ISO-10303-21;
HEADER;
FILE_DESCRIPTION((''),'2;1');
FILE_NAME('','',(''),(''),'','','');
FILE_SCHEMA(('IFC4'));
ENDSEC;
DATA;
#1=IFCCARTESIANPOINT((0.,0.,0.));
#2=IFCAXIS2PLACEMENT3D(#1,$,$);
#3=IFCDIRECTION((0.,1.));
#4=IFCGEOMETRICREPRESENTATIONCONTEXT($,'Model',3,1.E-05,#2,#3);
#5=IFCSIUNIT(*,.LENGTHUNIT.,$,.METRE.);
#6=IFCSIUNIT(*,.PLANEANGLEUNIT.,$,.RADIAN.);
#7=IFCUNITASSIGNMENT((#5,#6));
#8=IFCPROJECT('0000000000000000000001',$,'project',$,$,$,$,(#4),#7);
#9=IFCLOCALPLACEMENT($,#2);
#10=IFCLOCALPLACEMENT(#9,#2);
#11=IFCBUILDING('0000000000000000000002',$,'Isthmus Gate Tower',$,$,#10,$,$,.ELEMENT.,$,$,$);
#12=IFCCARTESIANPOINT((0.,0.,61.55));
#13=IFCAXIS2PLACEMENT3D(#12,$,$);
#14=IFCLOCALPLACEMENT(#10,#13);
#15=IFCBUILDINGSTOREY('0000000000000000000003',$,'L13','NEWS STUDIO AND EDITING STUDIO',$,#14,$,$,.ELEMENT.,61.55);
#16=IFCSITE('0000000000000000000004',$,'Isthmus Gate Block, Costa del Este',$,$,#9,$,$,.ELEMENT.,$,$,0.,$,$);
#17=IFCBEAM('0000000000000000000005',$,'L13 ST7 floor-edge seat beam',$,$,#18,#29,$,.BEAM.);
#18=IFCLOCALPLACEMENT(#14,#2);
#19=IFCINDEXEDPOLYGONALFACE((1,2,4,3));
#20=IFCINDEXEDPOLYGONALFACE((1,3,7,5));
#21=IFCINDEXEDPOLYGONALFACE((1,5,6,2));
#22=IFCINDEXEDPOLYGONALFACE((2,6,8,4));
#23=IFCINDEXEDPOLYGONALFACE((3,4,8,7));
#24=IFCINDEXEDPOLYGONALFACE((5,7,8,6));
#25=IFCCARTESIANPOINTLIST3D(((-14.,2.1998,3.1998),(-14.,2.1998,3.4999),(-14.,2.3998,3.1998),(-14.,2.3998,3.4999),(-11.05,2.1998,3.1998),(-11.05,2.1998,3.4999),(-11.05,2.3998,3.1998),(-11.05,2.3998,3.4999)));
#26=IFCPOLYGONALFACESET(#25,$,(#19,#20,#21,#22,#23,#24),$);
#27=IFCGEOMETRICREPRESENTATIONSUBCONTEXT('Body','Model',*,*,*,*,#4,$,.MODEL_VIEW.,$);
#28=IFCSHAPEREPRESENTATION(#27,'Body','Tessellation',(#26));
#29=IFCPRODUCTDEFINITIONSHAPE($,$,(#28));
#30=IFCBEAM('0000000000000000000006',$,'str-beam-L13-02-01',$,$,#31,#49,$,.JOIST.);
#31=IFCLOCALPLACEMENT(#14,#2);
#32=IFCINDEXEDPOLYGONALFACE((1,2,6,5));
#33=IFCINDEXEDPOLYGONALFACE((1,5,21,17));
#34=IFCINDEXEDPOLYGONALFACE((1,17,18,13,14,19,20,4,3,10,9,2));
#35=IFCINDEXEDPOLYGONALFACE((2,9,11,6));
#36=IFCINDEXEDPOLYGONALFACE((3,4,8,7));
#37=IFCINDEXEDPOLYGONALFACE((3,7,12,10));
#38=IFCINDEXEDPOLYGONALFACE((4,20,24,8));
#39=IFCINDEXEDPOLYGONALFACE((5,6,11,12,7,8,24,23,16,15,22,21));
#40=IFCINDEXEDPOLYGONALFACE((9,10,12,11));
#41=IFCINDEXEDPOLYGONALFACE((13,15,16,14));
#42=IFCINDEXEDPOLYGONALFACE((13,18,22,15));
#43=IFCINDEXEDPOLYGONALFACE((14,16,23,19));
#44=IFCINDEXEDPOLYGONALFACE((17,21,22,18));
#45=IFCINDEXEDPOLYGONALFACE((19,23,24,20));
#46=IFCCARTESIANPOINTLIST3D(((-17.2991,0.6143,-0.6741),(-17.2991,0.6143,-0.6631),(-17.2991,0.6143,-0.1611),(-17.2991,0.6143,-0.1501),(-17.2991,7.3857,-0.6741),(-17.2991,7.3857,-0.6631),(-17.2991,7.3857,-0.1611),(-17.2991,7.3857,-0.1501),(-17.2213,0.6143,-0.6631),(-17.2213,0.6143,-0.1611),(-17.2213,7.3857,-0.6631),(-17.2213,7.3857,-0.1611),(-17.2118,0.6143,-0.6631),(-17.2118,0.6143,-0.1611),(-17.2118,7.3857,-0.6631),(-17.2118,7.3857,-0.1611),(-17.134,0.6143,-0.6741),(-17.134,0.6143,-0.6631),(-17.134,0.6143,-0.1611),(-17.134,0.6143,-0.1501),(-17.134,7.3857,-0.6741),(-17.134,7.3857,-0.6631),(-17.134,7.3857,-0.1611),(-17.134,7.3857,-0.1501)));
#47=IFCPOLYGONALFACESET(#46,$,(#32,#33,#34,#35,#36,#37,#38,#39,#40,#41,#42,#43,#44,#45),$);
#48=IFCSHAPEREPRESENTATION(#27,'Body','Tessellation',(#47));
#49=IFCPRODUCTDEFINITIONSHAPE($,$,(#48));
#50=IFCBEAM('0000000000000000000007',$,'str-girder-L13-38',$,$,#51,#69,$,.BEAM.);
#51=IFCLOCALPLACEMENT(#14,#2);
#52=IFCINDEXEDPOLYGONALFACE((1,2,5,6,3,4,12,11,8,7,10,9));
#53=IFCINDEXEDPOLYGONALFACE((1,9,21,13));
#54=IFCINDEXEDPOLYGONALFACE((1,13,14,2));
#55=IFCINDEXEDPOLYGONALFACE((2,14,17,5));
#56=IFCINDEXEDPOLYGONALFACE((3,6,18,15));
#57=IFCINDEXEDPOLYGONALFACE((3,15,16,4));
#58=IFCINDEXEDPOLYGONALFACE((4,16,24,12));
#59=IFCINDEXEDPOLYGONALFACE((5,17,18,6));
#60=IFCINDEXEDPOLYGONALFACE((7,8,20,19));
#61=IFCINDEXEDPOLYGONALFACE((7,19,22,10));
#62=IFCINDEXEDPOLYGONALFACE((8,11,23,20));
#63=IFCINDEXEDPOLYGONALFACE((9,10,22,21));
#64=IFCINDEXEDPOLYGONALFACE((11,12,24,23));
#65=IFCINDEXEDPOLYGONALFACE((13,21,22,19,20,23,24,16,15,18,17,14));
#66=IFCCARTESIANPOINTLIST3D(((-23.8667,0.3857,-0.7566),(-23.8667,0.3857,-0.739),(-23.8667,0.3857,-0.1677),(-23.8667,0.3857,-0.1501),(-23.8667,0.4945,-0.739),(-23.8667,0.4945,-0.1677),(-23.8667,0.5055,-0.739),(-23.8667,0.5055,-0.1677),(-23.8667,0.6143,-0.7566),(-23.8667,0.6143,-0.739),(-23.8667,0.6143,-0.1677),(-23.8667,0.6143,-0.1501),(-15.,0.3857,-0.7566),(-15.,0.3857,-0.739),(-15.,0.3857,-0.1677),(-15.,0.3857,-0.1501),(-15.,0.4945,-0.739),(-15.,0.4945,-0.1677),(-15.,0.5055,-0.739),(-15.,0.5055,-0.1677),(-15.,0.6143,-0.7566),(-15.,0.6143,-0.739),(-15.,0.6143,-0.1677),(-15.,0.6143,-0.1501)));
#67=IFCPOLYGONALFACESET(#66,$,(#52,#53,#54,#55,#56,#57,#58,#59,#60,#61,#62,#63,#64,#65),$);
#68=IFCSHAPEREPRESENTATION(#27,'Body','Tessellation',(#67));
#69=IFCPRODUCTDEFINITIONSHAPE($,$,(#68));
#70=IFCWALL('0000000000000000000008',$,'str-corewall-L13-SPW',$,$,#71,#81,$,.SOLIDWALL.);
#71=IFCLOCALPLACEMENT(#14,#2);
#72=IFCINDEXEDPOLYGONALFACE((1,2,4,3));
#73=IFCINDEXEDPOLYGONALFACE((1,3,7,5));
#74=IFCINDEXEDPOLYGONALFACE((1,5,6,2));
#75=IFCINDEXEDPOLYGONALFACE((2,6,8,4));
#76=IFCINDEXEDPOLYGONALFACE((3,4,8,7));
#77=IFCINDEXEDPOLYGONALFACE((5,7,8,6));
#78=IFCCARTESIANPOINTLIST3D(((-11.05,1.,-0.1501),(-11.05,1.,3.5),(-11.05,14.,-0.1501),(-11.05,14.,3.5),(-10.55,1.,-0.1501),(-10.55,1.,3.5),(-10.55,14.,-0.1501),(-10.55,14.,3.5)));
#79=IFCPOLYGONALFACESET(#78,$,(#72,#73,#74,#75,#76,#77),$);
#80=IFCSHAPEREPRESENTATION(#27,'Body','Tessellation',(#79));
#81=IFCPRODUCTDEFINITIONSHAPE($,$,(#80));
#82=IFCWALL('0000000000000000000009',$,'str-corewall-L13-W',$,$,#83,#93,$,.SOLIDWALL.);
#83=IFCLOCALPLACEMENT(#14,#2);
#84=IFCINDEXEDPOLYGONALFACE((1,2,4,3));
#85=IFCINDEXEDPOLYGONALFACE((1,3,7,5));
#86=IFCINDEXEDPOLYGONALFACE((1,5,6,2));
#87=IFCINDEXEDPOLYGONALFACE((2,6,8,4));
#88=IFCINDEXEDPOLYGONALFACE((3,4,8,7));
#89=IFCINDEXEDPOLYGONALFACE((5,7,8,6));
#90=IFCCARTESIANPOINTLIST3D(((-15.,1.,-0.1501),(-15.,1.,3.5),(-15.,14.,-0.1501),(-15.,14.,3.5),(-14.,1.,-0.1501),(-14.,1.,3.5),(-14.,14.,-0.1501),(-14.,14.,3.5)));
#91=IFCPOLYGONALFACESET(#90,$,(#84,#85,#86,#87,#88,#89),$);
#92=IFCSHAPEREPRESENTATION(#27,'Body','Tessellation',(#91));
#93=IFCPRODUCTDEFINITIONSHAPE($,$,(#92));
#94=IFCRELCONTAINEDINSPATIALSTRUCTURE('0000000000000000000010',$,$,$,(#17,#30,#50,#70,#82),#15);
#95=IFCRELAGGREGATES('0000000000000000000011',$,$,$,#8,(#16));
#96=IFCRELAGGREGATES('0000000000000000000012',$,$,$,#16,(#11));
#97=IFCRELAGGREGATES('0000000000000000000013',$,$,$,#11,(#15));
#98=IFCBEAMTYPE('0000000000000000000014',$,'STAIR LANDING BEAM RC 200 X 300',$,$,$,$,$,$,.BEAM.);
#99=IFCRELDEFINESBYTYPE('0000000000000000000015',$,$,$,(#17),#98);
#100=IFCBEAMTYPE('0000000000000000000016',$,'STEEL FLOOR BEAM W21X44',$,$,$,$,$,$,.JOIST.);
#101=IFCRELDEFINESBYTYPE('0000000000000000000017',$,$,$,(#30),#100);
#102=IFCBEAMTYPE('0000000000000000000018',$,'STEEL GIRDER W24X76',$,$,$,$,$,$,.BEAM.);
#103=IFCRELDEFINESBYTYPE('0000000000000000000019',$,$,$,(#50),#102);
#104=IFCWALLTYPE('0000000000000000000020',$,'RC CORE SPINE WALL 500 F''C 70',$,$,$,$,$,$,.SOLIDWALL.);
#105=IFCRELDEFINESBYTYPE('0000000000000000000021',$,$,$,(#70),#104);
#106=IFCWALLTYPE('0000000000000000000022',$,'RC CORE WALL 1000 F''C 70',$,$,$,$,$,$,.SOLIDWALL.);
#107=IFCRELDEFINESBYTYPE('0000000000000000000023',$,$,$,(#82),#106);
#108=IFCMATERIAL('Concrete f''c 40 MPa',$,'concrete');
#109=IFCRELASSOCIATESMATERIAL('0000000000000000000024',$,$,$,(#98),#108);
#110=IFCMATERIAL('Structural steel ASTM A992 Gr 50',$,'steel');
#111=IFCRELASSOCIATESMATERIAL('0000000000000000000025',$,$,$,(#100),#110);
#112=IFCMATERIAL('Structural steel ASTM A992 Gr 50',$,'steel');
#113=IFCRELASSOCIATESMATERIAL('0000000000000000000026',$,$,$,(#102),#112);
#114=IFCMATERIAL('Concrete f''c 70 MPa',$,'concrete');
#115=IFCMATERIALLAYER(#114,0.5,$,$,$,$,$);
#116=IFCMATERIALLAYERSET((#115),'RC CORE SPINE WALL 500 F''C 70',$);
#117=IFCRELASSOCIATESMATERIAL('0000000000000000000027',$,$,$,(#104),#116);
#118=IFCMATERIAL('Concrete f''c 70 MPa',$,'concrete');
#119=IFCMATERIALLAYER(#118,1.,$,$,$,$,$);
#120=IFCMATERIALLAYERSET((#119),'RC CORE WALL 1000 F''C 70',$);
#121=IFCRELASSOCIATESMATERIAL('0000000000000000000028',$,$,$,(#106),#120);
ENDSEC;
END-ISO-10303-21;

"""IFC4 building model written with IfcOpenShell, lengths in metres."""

from ifc_helpers import new_model, si_unit, direction, frame, frame_2d, origin, origin_2d, place, context, subcontext, project, spatial, rectangle, i_section, extrude, material, layer, layer_set, material_profile, profile_set, type_object, element, save


model = new_model("IFC4")

# Units and contexts
model_context = context("Model", 3, precision=1e-05, world=origin(), true_north=direction((0.0, 1.0)))
body_context = subcontext(model_context, "Body", "Model", "MODEL_VIEW")
ifc_project = project(units=[si_unit("LENGTHUNIT", "METRE"), si_unit("PLANEANGLEUNIT", "RADIAN")], contexts=[model_context])

# Site, building, storey
site_placement = place(None, origin())
site = spatial("IfcSite", under=ifc_project, at=site_placement, Name="Isthmus Gate Block, Costa del Este", CompositionType="ELEMENT", RefElevation=0.0)
building_placement = place(site_placement, origin())
building = spatial("IfcBuilding", under=site, at=building_placement, Name="Isthmus Gate Tower", CompositionType="ELEMENT")
storey_placement = place(building_placement, frame((0.0, 0.0, 61.55)))
storey = spatial("IfcBuildingStorey", under=building, at=storey_placement, Name="L13", Description="NEWS STUDIO AND EDITING STUDIO", CompositionType="ELEMENT", Elevation=61.55)

# Beams
ifc_material_1 = material(Name="Concrete f'c 40 MPa", Category="concrete")
ifc_material_profile_1 = material_profile(ifc_material_1, rectangle(XDim=0.2, YDim=0.3, at=origin_2d()), Name="STAIR LANDING BEAM RC 200 X 300")
ifc_profile_set_1 = profile_set([ifc_material_profile_1], Name="Concrete f'c 40 MPa")
beam_type_1 = type_object("IfcBeamType", Name="STAIR LANDING BEAM RC 200 X 300", PredefinedType="BEAM", material=ifc_profile_set_1)
beam_1_placement = place(storey_placement, frame((-14.0, 2.2998, 3.3499), z_axis=(1.0, 0.0, 0.0), x_axis=(0.0, 1.0, 0.0)))
element("IfcBeam", 1, at=beam_1_placement, inside=storey, type_object=beam_type_1, Name="L13 ST7 floor-edge seat beam", PredefinedType="BEAM", context=body_context, shape_type="SweptSolid", body=[
    extrude(rectangle(XDim=0.2, YDim=0.3, at=origin_2d()), origin(), (0.0, 0.0, 1.0), 2.95),
])
ifc_material_2 = material(Name="Structural steel ASTM A992 Gr 50", Category="steel")
ifc_material_profile_2 = material_profile(ifc_material_2, i_section(OverallWidth=0.165, OverallDepth=0.5239, WebThickness=0.0095, FlangeThickness=0.011, at=origin_2d()), Name="W21X44")
ifc_profile_set_2 = profile_set([ifc_material_profile_2], Name="Structural steel ASTM A992 Gr 50")
beam_type_2 = type_object("IfcBeamType", Name="STEEL FLOOR BEAM W21X44", PredefinedType="JOIST", material=ifc_profile_set_2)
beam_2_placement = place(storey_placement, frame((-17.2166, 0.6143, -0.4121), z_axis=(0.0, 1.0, 0.0), x_axis=(-1.0, 0.0, 0.0)))
element("IfcBeam", 2, at=beam_2_placement, inside=storey, type_object=beam_type_2, Name="str-beam-L13-02-01", PredefinedType="JOIST", context=body_context, shape_type="SweptSolid", body=[
    extrude(i_section(OverallWidth=0.165, OverallDepth=0.5239, WebThickness=0.0095, FlangeThickness=0.011, at=origin_2d()), origin(), (0.0, 0.0, 1.0), 6.7715),
])
ifc_material_3 = material(Name="Structural steel ASTM A992 Gr 50", Category="steel")
ifc_material_profile_3 = material_profile(ifc_material_3, i_section(OverallWidth=0.2285, OverallDepth=0.6064, WebThickness=0.011, FlangeThickness=0.0176, at=origin_2d()), Name="W24X76")
ifc_profile_set_3 = profile_set([ifc_material_profile_3], Name="Structural steel ASTM A992 Gr 50")
beam_type_3 = type_object("IfcBeamType", Name="STEEL GIRDER W24X76", PredefinedType="BEAM", material=ifc_profile_set_3)
beam_3_placement = place(storey_placement, frame((-15.0, 0.5, -0.4534), z_axis=(-1.0, 0.0, 0.0), x_axis=(0.0, -1.0, 0.0)))
element("IfcBeam", 3, at=beam_3_placement, inside=storey, type_object=beam_type_3, Name="str-girder-L13-38", PredefinedType="BEAM", context=body_context, shape_type="SweptSolid", body=[
    extrude(i_section(OverallWidth=0.2285, OverallDepth=0.6064, WebThickness=0.011, FlangeThickness=0.0176, at=origin_2d()), origin(), (0.0, 0.0, 1.0), 8.8667),
])

# Walls
ifc_material_4 = material(Name="Concrete f'c 70 MPa", Category="concrete")
ifc_layer_1 = layer(ifc_material_4, 0.5)
ifc_layer_set_1 = layer_set([ifc_layer_1], Name="RC CORE SPINE WALL 500 F'C 70")
wall_type_1 = type_object("IfcWallType", Name="RC CORE SPINE WALL 500 F'C 70", PredefinedType="SOLIDWALL", material=ifc_layer_set_1)
wall_1_placement = place(storey_placement, frame((-10.8, 1.0, -0.1501), z_axis=(0.0, 0.0, 1.0), x_axis=(0.0, 1.0, 0.0)))
element("IfcWall", 4, at=wall_1_placement, inside=storey, type_object=wall_type_1, Name="str-corewall-L13-SPW", PredefinedType="SOLIDWALL", context=body_context, shape_type="SweptSolid", body=[
    extrude(rectangle(XDim=13.0, YDim=0.5, at=frame_2d((6.5, 0.0))), origin(), (0.0, 0.0, 1.0), 3.6501),
])
ifc_material_5 = material(Name="Concrete f'c 70 MPa", Category="concrete")
ifc_layer_2 = layer(ifc_material_5, 1.0)
ifc_layer_set_2 = layer_set([ifc_layer_2], Name="RC CORE WALL 1000 F'C 70")
wall_type_2 = type_object("IfcWallType", Name="RC CORE WALL 1000 F'C 70", PredefinedType="SOLIDWALL", material=ifc_layer_set_2)
wall_2_placement = place(storey_placement, frame((-14.5, 1.0, -0.1501), z_axis=(0.0, 0.0, 1.0), x_axis=(0.0, 1.0, 0.0)))
element("IfcWall", 5, at=wall_2_placement, inside=storey, type_object=wall_type_2, Name="str-corewall-L13-W", PredefinedType="SOLIDWALL", context=body_context, shape_type="SweptSolid", body=[
    extrude(rectangle(XDim=13.0, YDim=1.0, at=frame_2d((6.5, 0.0))), origin(), (0.0, 0.0, 1.0), 3.6501),
])

save(model, "model.ifc")
